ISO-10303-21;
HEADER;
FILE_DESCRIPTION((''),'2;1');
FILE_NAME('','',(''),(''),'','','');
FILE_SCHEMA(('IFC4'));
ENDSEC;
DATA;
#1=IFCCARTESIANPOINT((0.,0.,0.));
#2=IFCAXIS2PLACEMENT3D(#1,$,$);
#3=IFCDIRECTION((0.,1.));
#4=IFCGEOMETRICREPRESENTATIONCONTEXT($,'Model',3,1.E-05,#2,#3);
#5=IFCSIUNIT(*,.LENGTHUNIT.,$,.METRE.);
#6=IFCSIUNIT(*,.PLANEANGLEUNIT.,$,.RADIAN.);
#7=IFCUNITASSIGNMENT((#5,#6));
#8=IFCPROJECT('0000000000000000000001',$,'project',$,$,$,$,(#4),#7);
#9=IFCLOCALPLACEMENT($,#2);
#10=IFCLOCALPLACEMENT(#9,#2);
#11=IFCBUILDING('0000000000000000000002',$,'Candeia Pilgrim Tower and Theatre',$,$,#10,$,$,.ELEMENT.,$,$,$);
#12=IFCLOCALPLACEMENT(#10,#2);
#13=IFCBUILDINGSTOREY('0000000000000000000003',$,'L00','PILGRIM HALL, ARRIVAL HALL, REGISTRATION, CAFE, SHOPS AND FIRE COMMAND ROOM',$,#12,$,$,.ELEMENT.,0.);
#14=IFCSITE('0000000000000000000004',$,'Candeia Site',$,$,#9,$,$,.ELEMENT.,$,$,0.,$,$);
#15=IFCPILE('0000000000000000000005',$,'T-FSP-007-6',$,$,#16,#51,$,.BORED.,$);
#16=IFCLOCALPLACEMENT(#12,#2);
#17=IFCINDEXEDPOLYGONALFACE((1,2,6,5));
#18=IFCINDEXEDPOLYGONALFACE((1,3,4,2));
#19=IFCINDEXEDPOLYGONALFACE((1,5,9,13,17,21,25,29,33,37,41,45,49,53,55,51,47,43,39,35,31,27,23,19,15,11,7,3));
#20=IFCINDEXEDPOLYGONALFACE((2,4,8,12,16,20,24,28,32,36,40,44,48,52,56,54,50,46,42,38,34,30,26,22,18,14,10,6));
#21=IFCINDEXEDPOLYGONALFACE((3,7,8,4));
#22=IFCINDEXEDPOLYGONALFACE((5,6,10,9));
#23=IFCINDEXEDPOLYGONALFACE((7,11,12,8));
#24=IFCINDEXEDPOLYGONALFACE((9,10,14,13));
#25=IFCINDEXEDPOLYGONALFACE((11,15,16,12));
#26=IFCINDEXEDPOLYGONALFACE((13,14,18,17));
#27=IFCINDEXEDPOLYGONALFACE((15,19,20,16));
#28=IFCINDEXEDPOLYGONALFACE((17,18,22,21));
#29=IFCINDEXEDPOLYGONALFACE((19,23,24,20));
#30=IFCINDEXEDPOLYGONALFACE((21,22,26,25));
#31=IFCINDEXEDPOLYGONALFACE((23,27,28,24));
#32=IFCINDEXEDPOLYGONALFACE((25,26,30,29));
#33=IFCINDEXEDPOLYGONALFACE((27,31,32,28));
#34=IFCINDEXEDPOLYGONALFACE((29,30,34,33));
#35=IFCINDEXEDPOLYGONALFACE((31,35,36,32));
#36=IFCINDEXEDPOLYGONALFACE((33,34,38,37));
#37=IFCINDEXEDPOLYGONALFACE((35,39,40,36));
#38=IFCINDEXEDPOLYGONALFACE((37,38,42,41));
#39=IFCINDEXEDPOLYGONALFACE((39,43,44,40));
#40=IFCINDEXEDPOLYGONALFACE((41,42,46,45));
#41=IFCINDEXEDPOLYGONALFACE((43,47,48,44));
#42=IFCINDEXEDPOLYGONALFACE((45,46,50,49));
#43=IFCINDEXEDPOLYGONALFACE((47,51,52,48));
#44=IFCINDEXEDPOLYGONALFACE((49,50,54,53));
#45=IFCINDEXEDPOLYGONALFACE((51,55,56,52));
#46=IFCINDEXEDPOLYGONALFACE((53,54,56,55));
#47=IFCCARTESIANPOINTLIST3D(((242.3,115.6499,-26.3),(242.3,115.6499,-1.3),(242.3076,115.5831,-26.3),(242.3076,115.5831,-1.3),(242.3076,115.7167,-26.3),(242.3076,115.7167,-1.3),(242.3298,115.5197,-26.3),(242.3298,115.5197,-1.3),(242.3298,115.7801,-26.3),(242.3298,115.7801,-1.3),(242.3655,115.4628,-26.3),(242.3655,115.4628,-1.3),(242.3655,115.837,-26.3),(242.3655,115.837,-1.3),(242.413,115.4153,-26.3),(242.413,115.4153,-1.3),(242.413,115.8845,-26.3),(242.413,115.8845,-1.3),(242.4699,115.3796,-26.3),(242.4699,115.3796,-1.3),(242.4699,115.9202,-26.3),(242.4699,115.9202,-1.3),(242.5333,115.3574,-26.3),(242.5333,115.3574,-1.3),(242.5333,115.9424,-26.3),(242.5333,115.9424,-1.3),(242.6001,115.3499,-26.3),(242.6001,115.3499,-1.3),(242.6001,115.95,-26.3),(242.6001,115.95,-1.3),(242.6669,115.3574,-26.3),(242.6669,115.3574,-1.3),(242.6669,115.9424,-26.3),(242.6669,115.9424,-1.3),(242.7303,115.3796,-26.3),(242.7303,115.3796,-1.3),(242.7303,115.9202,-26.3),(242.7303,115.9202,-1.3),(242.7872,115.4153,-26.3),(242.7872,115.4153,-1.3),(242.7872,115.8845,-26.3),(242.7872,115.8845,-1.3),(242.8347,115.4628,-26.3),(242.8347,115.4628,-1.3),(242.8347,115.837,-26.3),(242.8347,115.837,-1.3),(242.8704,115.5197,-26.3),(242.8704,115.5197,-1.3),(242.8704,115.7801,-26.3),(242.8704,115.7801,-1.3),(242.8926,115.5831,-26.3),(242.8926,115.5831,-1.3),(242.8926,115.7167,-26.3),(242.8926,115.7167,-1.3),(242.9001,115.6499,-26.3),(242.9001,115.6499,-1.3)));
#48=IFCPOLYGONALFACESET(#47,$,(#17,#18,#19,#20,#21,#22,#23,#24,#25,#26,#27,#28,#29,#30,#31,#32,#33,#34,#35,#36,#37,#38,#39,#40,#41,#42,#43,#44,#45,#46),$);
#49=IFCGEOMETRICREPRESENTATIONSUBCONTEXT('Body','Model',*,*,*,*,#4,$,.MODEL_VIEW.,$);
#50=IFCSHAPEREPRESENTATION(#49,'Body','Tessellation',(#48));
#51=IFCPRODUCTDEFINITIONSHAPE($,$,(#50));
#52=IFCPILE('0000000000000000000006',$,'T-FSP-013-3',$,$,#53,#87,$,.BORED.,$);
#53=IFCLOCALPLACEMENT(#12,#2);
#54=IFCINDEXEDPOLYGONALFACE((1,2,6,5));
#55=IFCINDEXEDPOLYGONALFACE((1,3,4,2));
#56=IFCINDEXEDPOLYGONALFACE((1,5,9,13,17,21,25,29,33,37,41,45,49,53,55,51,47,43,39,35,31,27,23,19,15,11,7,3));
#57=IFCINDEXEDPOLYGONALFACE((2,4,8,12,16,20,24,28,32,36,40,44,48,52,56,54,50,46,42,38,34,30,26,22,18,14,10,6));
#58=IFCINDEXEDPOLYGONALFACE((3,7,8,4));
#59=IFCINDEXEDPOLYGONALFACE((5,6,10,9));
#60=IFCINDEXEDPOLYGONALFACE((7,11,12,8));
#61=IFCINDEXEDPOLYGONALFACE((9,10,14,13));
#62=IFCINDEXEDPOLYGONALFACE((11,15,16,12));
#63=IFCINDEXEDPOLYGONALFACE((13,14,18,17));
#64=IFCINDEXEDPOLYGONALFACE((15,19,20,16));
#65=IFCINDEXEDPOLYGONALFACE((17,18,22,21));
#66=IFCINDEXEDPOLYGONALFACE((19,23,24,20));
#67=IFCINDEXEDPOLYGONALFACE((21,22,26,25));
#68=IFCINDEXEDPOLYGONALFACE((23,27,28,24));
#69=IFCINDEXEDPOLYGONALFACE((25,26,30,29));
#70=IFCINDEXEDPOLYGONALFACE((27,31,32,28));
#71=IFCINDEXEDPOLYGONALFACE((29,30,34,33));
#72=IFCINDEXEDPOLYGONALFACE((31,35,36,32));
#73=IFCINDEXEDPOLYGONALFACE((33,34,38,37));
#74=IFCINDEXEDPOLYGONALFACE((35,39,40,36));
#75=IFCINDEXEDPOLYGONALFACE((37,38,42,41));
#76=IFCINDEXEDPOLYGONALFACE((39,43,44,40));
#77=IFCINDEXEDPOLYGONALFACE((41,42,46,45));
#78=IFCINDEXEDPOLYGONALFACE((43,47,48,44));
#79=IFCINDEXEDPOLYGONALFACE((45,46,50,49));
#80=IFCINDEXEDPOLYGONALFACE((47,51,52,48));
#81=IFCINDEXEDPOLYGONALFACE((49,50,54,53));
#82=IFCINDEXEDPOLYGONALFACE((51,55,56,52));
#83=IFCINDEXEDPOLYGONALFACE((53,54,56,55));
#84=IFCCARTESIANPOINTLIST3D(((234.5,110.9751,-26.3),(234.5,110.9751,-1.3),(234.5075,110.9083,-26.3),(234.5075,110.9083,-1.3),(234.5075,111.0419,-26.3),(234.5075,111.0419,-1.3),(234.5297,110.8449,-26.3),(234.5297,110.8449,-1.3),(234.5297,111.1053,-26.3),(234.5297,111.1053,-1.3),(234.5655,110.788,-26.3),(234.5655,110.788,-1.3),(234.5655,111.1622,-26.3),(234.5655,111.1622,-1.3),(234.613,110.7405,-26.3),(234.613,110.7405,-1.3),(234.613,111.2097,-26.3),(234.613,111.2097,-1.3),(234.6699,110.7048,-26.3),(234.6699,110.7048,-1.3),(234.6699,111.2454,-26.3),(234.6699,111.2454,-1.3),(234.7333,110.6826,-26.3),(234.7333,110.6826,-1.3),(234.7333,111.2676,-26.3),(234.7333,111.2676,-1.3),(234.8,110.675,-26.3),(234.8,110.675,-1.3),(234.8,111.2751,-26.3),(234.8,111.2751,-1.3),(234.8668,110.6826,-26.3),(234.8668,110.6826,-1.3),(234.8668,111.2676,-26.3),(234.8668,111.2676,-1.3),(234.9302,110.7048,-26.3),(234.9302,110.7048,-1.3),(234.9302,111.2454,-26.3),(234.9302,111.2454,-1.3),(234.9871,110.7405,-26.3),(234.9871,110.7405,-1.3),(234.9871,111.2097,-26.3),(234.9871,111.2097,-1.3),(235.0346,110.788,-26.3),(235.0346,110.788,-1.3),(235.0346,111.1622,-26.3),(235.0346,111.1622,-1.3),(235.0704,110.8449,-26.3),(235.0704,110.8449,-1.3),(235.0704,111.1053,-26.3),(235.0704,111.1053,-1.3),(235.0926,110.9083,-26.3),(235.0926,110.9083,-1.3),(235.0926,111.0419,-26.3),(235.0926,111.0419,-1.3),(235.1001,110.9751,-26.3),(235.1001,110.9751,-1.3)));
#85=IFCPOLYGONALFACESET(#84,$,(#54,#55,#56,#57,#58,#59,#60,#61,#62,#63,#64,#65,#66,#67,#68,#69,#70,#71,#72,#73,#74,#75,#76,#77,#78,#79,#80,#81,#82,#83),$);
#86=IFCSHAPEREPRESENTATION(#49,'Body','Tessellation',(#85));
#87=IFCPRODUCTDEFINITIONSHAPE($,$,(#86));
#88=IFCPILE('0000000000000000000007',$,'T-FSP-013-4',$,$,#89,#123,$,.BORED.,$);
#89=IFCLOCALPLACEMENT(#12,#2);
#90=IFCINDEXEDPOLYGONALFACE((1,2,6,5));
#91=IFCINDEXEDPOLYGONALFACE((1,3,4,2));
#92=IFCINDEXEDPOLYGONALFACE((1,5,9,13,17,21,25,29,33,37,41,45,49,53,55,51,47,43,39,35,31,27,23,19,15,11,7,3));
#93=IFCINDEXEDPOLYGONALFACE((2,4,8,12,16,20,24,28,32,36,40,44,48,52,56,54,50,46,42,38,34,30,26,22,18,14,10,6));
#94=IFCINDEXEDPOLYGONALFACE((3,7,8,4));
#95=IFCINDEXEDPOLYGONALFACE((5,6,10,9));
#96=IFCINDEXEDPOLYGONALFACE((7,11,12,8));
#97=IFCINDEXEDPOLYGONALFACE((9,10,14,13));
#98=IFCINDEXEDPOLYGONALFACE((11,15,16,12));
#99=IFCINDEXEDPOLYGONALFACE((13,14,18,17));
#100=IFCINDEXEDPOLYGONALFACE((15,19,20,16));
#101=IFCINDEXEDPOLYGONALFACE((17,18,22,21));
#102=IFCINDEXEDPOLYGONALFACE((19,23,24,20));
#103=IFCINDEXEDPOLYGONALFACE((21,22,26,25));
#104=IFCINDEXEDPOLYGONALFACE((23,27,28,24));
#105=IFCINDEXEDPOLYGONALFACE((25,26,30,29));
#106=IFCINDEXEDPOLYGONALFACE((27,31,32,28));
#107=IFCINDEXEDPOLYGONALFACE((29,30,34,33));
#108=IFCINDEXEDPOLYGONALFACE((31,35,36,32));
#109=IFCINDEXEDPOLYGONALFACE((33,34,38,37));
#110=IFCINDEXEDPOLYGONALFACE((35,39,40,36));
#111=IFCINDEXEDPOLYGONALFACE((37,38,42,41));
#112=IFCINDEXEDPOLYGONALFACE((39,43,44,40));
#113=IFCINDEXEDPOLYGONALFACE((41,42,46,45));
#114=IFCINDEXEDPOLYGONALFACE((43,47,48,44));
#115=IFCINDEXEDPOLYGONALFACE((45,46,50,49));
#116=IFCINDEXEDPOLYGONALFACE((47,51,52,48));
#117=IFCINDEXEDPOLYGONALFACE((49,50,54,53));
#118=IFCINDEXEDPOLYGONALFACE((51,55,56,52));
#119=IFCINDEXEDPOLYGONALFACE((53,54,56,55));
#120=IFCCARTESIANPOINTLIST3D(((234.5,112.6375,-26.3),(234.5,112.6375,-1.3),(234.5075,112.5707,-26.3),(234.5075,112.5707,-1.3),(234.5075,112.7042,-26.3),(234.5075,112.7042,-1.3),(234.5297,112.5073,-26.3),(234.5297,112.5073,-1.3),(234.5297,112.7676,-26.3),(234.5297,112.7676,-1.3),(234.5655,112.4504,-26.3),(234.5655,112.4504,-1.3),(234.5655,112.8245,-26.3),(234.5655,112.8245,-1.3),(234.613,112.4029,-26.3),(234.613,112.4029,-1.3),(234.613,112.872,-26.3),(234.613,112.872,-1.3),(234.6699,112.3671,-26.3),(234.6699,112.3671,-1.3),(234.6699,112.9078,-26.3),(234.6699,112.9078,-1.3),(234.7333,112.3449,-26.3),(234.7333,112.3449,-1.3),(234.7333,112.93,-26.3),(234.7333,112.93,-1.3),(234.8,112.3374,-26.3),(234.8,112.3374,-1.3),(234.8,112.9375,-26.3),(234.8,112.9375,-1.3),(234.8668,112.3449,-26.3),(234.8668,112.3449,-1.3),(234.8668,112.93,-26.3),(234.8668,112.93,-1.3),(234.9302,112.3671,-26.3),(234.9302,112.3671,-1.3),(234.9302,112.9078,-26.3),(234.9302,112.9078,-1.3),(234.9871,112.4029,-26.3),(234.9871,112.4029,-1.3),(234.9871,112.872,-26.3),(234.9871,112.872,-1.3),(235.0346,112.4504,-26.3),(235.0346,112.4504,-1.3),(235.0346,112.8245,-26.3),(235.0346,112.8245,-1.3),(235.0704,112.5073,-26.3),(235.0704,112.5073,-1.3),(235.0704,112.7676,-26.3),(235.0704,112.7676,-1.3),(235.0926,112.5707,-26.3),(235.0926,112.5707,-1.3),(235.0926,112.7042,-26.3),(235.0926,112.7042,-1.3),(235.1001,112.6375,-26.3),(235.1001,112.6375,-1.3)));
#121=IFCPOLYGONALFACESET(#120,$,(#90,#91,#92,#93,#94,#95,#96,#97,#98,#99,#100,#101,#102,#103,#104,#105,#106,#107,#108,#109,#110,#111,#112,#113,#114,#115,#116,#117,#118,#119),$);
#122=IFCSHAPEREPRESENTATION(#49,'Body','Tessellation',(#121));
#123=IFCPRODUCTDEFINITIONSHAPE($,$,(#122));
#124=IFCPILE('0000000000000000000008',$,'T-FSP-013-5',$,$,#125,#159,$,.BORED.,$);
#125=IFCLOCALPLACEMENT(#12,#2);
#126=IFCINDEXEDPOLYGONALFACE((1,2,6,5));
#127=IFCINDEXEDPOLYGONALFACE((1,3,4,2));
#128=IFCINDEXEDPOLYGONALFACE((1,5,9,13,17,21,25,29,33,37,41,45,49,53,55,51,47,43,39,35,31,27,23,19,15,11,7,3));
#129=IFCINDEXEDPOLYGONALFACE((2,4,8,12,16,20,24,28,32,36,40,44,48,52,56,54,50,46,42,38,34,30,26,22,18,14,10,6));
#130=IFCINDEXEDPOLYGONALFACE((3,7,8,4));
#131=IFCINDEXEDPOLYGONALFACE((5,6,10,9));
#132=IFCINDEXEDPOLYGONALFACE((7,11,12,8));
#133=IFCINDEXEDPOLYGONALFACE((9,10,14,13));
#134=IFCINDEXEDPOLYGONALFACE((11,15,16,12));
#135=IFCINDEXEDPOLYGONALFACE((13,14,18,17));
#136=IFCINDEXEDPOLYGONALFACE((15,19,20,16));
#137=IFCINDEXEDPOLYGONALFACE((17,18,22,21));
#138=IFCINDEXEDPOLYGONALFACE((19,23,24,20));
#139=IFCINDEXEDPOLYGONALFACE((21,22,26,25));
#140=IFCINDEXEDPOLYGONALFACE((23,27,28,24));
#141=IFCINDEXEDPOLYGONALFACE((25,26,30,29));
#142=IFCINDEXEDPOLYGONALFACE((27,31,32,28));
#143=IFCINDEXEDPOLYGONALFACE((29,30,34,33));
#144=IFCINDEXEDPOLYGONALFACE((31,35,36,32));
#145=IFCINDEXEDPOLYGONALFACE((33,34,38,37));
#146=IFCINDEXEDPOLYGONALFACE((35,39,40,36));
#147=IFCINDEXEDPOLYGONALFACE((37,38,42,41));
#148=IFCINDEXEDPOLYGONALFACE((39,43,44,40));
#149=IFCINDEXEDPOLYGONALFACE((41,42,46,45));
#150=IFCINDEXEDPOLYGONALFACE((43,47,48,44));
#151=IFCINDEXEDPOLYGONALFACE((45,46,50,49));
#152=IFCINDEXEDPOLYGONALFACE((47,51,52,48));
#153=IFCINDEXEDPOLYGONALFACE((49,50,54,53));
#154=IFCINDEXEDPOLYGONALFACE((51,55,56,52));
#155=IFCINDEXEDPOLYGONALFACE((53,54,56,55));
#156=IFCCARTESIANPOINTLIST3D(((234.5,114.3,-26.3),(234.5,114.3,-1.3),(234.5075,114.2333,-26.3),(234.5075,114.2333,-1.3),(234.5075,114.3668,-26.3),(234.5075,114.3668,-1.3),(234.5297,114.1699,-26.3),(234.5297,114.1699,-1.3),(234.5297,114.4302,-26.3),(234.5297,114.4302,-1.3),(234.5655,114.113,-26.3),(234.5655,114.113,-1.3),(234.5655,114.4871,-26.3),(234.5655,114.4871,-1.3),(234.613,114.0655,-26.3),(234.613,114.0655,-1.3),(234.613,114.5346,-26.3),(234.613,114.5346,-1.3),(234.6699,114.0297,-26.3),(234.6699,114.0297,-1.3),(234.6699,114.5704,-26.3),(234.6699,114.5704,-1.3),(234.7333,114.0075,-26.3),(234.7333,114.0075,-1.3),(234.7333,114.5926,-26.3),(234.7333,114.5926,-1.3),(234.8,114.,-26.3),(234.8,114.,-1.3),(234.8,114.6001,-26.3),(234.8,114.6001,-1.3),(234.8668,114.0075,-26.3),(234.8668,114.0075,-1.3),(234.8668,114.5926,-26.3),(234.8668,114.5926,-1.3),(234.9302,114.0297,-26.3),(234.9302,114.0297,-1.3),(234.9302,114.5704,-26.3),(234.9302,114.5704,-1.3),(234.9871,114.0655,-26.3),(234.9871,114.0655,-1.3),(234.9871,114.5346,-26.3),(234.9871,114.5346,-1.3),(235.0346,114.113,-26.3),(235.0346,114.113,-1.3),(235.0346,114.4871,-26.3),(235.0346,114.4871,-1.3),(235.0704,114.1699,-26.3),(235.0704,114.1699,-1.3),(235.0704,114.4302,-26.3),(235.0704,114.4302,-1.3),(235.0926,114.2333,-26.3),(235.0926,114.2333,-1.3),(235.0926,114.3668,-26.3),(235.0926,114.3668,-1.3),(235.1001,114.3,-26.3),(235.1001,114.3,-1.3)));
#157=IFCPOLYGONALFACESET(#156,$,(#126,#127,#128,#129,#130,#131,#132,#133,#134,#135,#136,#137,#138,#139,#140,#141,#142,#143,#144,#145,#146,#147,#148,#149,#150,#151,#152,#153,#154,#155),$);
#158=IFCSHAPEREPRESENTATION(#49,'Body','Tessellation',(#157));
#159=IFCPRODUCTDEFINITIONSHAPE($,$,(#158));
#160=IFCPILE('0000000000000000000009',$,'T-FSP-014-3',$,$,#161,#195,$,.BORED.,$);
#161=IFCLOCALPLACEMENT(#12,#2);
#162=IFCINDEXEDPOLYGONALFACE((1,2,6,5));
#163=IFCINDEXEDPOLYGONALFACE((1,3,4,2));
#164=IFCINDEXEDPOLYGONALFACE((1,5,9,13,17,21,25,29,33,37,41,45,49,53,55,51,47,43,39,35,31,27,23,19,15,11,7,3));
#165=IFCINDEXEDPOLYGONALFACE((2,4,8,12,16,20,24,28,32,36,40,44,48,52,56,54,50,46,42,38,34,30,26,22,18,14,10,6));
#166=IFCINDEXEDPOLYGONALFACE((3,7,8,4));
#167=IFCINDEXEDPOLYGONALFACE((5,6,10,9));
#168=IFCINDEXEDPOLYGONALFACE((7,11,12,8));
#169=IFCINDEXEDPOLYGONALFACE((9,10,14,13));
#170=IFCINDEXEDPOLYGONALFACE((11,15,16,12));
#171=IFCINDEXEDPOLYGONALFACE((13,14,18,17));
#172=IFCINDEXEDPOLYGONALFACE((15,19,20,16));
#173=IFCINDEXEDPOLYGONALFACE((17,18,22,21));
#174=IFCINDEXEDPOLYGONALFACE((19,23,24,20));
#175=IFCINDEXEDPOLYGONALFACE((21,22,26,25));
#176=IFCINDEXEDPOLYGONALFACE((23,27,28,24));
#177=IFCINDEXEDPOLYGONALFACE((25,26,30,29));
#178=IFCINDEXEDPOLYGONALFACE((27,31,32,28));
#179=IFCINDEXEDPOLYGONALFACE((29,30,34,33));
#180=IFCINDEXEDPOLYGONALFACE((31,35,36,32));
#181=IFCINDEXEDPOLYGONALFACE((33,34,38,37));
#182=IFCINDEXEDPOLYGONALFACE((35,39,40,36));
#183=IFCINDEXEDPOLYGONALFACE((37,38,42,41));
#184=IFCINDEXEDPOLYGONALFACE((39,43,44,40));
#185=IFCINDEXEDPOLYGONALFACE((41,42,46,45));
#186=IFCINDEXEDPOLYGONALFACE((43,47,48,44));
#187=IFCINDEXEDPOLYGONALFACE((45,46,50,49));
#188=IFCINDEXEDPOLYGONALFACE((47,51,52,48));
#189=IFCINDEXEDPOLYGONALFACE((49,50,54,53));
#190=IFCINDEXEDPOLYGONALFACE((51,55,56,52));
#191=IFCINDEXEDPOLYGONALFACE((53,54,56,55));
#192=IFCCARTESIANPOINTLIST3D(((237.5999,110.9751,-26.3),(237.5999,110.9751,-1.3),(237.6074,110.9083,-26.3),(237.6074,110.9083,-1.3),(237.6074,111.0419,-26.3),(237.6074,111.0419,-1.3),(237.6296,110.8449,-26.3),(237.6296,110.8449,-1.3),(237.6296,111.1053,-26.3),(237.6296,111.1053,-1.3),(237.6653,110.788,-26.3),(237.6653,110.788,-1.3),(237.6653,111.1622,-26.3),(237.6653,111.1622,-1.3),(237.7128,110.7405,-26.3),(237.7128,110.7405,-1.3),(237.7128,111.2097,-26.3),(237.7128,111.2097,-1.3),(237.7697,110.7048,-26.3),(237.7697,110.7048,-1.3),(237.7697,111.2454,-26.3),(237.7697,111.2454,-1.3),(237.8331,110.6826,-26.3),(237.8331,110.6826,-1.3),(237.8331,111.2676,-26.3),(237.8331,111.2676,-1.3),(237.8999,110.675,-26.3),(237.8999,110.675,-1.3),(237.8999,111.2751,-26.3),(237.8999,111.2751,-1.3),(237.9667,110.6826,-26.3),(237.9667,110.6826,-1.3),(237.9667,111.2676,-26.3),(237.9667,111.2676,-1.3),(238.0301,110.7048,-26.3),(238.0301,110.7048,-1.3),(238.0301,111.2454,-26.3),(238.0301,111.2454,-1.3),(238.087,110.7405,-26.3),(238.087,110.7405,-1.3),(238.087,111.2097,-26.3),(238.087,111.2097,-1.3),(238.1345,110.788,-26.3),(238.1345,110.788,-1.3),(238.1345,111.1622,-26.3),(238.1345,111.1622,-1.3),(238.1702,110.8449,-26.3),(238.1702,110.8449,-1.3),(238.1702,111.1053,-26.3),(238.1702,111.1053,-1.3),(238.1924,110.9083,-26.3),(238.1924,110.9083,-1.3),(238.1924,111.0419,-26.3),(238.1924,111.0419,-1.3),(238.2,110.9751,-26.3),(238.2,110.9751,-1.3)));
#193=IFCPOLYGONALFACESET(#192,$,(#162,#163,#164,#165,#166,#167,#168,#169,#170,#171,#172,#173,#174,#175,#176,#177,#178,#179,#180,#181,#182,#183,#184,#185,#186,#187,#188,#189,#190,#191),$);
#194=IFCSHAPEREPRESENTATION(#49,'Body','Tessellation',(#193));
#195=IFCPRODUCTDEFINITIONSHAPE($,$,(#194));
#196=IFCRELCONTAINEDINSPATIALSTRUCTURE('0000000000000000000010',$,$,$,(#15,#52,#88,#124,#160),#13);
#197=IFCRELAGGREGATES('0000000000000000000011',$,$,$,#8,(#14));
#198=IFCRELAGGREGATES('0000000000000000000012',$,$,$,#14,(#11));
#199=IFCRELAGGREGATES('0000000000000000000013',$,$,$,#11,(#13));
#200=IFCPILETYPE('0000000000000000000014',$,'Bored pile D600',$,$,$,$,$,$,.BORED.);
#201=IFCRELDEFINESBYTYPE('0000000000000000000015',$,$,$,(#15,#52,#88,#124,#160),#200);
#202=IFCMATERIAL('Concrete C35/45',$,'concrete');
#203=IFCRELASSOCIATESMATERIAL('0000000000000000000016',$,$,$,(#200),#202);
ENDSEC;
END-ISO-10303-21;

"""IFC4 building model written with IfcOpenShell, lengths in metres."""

from ifc_helpers import new_model, si_unit, direction, frame, origin, origin_2d, place, context, subcontext, project, spatial, circle, extrude, material, type_object, element, save


model = new_model("IFC4")

# Units and contexts
model_context = context("Model", 3, precision=1e-05, world=origin(), true_north=direction((0.0, 1.0)))
body_context = subcontext(model_context, "Body", "Model", "MODEL_VIEW")
ifc_project = project(units=[si_unit("LENGTHUNIT", "METRE"), si_unit("PLANEANGLEUNIT", "RADIAN")], contexts=[model_context])

# Site, building, storey
site_placement = place(None, origin())
site = spatial("IfcSite", under=ifc_project, at=site_placement, Name="Candeia Site", CompositionType="ELEMENT", RefElevation=0.0)
building_placement = place(site_placement, origin())
building = spatial("IfcBuilding", under=site, at=building_placement, Name="Candeia Pilgrim Tower and Theatre", CompositionType="ELEMENT")
storey_placement = place(building_placement, origin())
storey = spatial("IfcBuildingStorey", under=building, at=storey_placement, Name="L00", Description="PILGRIM HALL, ARRIVAL HALL, REGISTRATION, CAFE, SHOPS AND FIRE COMMAND ROOM", CompositionType="ELEMENT", Elevation=0.0)

# Piles
ifc_material_1 = material(Name="Concrete C35/45", Category="concrete")
pile_type = type_object("IfcPileType", Name="Bored pile D600", PredefinedType="BORED", material=ifc_material_1)
for number, where, z_axis, x_axis, name in (
    (1, (242.6001, 115.6499, -1.3), (0.0, 0.0, -1.0), (1.0, 0.0, 0.0), "T-FSP-007-6"),
    (2, (234.8, 110.9751, -1.3), (0.0, 0.0, -1.0), (1.0, 0.0, 0.0), "T-FSP-013-3"),
    (3, (234.8, 112.6375, -1.3), (0.0, 0.0, -1.0), (1.0, 0.0, 0.0), "T-FSP-013-4"),
    (4, (234.8, 114.3, -1.3), (0.0, 0.0, -1.0), (1.0, 0.0, 0.0), "T-FSP-013-5"),
    (5, (237.8999, 110.9751, -1.3), (0.0, 0.0, -1.0), (1.0, 0.0, 0.0), "T-FSP-014-3"),
):
    element("IfcPile", number, at=place(storey_placement, frame(where, z_axis=z_axis, x_axis=x_axis)), inside=storey, type_object=pile_type, Name=name, PredefinedType="BORED", context=body_context, shape_type="SweptSolid", body=[
        extrude(circle(Radius=0.3, at=origin_2d()), origin(), (0.0, 0.0, 1.0), 25.0),
    ])

save(model, "model.ifc")
